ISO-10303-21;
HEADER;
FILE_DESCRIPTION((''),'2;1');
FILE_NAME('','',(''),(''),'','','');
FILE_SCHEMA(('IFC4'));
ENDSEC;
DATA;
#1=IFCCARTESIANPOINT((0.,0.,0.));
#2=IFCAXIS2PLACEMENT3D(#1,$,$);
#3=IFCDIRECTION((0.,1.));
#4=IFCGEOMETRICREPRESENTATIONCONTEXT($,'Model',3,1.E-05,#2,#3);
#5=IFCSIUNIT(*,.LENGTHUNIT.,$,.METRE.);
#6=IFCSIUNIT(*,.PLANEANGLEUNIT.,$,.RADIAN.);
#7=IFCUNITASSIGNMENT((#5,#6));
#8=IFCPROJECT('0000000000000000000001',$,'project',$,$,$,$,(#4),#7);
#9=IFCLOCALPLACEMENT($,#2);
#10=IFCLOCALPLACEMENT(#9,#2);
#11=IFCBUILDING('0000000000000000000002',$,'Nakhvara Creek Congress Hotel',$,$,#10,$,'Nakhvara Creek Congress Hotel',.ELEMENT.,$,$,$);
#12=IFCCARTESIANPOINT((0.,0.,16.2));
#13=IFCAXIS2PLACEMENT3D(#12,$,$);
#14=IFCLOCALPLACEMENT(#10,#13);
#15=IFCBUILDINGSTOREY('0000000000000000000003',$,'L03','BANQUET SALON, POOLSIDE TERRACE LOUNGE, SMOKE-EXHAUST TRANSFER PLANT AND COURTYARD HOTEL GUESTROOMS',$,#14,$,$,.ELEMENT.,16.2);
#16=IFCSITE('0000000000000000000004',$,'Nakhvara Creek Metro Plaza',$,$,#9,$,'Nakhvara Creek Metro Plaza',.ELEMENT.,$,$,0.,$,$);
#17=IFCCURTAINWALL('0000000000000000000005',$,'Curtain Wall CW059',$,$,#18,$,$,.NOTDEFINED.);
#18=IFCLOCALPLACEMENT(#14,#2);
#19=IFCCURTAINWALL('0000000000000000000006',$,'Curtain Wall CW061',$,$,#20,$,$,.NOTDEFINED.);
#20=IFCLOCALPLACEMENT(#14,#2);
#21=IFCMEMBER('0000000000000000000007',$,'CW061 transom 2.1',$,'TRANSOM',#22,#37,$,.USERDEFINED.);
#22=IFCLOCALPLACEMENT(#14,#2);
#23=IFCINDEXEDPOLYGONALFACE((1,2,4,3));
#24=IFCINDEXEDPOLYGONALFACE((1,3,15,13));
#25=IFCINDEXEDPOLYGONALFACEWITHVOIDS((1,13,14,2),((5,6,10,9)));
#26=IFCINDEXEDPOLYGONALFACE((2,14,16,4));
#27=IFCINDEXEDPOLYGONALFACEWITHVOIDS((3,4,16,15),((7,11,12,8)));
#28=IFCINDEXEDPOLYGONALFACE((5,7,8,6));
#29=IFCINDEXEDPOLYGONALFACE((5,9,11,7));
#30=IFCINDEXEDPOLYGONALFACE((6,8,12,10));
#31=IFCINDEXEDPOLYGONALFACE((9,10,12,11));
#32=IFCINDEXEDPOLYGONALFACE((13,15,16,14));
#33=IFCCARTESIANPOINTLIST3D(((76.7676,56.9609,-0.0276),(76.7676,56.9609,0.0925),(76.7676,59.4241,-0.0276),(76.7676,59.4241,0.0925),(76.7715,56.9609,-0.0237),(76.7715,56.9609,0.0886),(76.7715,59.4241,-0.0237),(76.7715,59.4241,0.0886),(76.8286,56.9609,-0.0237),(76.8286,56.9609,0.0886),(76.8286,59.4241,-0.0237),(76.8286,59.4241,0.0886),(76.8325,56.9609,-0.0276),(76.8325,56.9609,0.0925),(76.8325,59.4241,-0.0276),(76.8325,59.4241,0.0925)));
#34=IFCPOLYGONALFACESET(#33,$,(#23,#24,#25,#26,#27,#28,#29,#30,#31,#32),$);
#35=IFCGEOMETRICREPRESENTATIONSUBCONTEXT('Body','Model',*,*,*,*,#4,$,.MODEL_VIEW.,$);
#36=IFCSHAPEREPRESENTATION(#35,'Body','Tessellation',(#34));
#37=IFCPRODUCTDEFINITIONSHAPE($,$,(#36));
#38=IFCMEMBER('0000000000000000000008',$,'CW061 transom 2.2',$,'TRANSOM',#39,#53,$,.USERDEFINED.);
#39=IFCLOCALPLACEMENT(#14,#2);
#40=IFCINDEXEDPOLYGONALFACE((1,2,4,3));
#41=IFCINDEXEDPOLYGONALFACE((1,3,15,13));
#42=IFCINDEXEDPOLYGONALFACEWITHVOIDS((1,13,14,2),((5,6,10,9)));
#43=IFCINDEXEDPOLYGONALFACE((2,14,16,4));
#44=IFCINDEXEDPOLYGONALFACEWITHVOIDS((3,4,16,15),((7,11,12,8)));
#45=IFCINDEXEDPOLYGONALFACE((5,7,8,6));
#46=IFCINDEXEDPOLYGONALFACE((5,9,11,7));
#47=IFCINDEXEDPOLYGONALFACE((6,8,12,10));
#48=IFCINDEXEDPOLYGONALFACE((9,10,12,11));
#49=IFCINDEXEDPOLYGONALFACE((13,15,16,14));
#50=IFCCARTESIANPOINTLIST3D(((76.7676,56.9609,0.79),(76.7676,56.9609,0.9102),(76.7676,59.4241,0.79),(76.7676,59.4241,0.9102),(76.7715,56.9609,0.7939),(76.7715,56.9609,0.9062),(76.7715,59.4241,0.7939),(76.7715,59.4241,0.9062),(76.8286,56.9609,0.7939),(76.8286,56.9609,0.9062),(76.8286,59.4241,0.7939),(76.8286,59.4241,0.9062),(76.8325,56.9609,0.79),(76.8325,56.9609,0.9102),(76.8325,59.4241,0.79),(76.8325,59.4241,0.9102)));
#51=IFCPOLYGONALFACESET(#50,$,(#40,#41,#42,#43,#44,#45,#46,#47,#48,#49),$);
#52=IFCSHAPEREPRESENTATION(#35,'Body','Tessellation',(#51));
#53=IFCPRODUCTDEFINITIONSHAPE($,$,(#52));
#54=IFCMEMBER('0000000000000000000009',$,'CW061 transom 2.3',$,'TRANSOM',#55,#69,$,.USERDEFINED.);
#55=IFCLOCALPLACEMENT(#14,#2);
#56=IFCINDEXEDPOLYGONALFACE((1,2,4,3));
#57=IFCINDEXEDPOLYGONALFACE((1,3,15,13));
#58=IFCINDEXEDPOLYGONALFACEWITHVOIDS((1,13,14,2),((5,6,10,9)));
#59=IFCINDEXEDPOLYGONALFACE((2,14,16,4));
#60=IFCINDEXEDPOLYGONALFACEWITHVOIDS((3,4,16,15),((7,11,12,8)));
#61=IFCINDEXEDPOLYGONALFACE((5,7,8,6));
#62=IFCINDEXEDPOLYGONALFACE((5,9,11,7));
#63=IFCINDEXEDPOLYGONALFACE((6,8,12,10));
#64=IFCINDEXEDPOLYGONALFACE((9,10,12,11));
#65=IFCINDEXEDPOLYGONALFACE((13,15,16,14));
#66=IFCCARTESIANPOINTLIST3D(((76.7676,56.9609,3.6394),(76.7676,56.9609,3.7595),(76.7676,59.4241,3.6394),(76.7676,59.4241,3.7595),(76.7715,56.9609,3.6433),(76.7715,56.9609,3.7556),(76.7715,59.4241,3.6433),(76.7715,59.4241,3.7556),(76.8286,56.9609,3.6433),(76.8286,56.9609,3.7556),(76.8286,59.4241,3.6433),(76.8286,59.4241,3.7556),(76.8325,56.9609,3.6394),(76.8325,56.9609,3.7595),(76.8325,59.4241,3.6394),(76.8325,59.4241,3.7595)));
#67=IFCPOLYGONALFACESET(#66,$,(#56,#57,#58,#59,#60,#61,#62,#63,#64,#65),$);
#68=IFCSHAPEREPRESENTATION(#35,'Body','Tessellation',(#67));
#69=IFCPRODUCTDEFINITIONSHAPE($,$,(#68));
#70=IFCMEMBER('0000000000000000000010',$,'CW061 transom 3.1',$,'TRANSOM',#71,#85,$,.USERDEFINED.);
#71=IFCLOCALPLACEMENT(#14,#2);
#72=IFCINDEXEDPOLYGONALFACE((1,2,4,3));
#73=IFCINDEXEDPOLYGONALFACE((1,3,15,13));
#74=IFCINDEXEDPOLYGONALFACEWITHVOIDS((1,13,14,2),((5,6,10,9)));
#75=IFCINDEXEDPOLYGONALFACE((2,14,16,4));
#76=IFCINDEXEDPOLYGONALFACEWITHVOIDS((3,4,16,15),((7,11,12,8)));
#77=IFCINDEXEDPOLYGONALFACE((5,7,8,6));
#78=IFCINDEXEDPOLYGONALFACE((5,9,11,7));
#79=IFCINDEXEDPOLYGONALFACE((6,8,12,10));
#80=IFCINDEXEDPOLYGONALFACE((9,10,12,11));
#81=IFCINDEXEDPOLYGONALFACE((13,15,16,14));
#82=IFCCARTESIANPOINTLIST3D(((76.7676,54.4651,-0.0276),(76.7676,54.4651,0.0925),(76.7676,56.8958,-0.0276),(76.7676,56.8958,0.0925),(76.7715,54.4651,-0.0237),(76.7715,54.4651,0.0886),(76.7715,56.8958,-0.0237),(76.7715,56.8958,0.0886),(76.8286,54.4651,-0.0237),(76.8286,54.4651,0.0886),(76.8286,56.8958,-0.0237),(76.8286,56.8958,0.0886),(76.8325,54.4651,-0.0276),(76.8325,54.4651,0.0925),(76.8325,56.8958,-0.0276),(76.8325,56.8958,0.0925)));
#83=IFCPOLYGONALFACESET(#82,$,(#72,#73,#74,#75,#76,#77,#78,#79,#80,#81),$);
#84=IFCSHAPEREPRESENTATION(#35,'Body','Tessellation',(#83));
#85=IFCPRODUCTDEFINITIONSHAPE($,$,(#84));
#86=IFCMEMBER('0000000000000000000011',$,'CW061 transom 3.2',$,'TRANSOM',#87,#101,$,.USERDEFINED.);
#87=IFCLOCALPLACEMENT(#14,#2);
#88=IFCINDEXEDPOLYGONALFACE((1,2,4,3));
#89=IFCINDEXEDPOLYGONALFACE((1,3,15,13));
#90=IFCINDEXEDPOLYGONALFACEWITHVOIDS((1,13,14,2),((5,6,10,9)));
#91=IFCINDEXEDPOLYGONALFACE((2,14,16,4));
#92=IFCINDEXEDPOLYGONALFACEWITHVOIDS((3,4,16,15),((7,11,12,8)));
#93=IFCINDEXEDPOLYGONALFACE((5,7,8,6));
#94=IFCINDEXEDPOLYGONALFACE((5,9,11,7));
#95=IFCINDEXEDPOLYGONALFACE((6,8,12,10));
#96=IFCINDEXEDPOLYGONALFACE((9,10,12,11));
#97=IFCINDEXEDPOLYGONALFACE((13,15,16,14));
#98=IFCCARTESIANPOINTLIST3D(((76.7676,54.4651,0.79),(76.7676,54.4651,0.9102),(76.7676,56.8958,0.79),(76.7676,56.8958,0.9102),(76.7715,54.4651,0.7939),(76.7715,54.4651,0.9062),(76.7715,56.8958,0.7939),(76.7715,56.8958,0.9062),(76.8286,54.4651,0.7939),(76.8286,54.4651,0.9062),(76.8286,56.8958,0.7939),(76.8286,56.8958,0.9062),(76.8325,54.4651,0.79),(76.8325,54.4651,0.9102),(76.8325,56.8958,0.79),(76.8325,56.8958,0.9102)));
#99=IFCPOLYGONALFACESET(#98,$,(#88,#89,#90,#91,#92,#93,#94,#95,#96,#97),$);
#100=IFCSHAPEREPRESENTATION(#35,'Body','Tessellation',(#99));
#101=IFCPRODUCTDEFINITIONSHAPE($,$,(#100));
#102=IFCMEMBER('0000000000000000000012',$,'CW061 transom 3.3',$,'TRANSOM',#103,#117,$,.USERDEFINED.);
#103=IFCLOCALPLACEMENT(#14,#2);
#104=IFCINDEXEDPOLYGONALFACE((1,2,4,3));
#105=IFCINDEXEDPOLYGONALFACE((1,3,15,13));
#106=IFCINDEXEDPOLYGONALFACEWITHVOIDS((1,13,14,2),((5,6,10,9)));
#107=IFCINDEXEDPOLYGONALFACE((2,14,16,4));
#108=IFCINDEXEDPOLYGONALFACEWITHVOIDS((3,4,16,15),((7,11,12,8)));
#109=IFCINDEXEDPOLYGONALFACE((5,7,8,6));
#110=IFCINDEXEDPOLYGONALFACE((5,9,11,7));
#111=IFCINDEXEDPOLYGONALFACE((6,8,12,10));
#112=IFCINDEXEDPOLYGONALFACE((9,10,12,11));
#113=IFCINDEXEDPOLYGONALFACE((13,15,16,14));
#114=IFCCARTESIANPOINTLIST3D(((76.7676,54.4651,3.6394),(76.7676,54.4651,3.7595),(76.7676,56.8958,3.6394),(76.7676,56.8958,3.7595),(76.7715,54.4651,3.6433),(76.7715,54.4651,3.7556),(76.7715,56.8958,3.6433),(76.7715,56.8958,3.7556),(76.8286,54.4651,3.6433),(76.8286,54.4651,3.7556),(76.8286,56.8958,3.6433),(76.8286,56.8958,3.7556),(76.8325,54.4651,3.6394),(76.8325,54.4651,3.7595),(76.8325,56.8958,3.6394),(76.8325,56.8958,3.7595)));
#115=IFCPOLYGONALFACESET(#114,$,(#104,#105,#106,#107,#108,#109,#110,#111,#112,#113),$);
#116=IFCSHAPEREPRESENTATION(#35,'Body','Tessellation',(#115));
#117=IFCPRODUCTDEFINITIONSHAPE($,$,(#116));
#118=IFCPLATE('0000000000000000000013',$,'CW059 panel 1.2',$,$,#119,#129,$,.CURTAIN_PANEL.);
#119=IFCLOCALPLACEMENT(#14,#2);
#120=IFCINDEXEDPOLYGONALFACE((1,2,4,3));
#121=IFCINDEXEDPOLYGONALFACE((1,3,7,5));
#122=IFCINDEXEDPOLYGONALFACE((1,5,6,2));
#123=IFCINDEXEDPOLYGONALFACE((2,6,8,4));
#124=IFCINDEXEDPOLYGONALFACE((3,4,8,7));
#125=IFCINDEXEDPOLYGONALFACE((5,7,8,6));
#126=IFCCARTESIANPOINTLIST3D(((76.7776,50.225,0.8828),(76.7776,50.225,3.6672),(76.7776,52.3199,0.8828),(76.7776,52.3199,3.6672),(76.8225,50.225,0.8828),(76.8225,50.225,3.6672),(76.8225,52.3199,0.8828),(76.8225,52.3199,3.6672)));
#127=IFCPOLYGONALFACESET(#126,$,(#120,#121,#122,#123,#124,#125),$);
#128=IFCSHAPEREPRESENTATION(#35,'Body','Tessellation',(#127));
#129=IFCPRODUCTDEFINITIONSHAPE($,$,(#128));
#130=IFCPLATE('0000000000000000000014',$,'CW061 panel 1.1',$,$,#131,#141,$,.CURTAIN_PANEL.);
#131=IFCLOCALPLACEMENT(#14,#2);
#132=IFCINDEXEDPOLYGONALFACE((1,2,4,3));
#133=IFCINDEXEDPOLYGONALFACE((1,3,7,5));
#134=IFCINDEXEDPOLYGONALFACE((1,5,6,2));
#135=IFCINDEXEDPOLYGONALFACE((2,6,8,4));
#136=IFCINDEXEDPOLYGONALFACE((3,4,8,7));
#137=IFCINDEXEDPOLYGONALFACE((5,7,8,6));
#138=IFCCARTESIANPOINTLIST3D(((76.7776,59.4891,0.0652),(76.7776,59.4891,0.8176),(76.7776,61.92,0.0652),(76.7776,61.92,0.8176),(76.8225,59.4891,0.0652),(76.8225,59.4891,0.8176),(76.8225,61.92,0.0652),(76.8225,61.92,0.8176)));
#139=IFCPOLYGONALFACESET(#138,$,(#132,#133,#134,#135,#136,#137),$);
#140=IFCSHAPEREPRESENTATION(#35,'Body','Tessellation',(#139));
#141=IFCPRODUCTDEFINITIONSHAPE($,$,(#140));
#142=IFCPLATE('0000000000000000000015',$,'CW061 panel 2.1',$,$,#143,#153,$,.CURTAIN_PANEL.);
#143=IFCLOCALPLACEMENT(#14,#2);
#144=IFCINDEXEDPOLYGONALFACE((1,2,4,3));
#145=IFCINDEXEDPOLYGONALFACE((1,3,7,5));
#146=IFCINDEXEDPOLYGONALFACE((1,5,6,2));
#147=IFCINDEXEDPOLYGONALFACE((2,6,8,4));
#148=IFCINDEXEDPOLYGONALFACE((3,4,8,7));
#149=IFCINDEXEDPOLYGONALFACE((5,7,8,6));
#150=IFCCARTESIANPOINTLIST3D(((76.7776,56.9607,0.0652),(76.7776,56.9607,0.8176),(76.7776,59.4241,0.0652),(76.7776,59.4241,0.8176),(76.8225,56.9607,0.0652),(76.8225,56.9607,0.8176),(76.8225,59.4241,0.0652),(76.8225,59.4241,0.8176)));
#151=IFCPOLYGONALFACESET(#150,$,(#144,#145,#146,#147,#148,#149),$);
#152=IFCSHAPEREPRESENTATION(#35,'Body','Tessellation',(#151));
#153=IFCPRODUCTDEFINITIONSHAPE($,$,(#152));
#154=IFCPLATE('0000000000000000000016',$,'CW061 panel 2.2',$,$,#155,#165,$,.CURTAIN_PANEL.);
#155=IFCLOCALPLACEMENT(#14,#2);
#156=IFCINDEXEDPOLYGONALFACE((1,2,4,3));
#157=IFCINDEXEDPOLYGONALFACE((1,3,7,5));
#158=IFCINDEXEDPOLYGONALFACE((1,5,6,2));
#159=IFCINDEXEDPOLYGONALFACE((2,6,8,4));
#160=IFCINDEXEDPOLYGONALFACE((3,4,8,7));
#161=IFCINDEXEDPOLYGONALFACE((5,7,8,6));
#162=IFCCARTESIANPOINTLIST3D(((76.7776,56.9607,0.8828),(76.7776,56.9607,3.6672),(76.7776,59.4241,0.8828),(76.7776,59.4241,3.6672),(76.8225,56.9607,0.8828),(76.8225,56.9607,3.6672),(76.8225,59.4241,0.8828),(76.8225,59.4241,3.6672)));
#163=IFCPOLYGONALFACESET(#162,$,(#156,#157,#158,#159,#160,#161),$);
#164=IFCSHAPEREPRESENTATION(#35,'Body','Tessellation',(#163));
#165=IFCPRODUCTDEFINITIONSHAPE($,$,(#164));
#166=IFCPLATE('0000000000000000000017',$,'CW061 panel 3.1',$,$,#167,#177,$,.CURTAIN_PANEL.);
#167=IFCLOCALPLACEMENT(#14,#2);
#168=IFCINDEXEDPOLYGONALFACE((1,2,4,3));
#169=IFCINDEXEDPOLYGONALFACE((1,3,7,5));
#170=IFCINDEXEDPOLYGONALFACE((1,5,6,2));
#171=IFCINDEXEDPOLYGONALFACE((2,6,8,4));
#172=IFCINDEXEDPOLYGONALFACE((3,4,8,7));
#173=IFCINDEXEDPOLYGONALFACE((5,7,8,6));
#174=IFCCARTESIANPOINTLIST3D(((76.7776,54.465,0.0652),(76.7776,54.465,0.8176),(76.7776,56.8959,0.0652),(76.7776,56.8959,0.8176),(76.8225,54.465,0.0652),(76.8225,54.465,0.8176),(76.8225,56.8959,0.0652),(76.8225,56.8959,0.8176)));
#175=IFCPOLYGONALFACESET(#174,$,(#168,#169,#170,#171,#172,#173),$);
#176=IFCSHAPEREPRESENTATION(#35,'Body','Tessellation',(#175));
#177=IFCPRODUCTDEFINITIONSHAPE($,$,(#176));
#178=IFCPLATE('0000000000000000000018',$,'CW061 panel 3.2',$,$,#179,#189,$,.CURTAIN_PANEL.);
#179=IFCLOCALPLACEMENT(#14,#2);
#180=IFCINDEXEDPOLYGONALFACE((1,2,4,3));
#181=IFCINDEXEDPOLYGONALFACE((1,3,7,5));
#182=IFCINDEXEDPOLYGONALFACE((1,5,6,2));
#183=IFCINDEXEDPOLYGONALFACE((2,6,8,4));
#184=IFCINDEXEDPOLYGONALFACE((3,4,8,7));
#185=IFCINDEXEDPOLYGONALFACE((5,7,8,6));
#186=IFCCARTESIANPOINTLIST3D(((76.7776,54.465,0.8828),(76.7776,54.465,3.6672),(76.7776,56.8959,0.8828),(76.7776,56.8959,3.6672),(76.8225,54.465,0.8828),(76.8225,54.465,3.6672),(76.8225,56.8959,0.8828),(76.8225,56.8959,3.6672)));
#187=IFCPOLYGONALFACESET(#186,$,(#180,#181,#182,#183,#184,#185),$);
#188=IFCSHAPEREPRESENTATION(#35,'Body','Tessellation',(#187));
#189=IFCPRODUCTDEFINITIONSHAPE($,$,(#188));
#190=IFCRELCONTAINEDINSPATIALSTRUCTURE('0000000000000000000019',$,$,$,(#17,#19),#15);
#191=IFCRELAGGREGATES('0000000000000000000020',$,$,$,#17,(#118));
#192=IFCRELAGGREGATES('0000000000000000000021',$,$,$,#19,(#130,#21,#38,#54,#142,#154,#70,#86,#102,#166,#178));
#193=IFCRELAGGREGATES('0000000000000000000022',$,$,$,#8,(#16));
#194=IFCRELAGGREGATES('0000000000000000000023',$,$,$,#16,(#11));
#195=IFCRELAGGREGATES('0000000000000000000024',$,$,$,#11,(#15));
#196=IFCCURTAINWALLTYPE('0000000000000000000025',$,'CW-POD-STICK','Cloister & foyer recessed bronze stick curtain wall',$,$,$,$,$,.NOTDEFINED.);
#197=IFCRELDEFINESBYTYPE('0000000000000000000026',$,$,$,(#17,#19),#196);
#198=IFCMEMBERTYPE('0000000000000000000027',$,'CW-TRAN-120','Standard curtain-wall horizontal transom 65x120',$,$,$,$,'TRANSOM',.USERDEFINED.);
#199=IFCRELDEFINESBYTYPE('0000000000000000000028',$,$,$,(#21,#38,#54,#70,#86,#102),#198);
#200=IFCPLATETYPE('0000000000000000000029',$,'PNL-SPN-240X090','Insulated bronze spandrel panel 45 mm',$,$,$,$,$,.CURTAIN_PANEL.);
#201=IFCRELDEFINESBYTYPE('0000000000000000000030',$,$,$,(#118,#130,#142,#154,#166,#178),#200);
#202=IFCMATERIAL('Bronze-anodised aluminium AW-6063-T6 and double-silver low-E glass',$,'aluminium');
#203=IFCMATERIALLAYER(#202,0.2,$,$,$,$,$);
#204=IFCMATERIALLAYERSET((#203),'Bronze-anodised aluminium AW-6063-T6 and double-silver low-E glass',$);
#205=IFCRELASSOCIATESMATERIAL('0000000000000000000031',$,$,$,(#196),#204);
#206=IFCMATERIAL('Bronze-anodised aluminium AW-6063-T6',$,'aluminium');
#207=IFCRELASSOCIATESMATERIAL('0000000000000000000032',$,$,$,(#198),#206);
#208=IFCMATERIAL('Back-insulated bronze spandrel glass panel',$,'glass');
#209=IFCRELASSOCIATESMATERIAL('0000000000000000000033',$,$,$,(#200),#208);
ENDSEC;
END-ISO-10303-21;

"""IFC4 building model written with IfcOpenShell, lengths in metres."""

from ifc_helpers import new_model, si_unit, direction, frame, origin, origin_2d, place, context, subcontext, project, spatial, rectangle, hollow_rectangle, extrude, material, layer, layer_set, material_profile, profile_set, type_object, element, aggregate, save


model = new_model("IFC4")

# Units and contexts
model_context = context("Model", 3, precision=1e-05, world=origin(), true_north=direction((0.0, 1.0)))
body_context = subcontext(model_context, "Body", "Model", "MODEL_VIEW")
ifc_project = project(units=[si_unit("LENGTHUNIT", "METRE"), si_unit("PLANEANGLEUNIT", "RADIAN")], contexts=[model_context])

# Site, building, storey
site_placement = place(None, origin())
site = spatial("IfcSite", under=ifc_project, at=site_placement, Name="Nakhvara Creek Metro Plaza", LongName="Nakhvara Creek Metro Plaza", CompositionType="ELEMENT", RefElevation=0.0)
building_placement = place(site_placement, origin())
building = spatial("IfcBuilding", under=site, at=building_placement, Name="Nakhvara Creek Congress Hotel", LongName="Nakhvara Creek Congress Hotel", CompositionType="ELEMENT")
storey_placement = place(building_placement, frame((0.0, 0.0, 16.2)))
storey = spatial("IfcBuildingStorey", under=building, at=storey_placement, Name="L03", Description="BANQUET SALON, POOLSIDE TERRACE LOUNGE, SMOKE-EXHAUST TRANSFER PLANT AND COURTYARD HOTEL GUESTROOMS", CompositionType="ELEMENT", Elevation=16.2)

# Curtain wall
ifc_material_1 = material(Name="Bronze-anodised aluminium AW-6063-T6 and double-silver low-E glass", Category="aluminium")
ifc_layer = layer(ifc_material_1, 0.2)
ifc_layer_set = layer_set([ifc_layer], Name="Bronze-anodised aluminium AW-6063-T6 and double-silver low-E glass")
curtain_wall_type = type_object("IfcCurtainWallType", Name="CW-POD-STICK", Description="Cloister & foyer recessed bronze stick curtain wall", PredefinedType="NOTDEFINED", material=ifc_layer_set)
curtain_wall_1_placement = place(storey_placement, origin())
curtain_wall_1 = element("IfcCurtainWall", 1, at=curtain_wall_1_placement, inside=storey, type_object=curtain_wall_type, Name="Curtain Wall CW059", PredefinedType="NOTDEFINED")
ifc_material_2 = material(Name="Bronze-anodised aluminium AW-6063-T6", Category="aluminium")

# Curtain wall
curtain_wall_2_placement = place(storey_placement, origin())
curtain_wall_2 = element("IfcCurtainWall", 2, at=curtain_wall_2_placement, inside=storey, type_object=curtain_wall_type, Name="Curtain Wall CW061", PredefinedType="NOTDEFINED")

# Members
ifc_material_profile_1 = material_profile(ifc_material_2, hollow_rectangle(XDim=0.0649, YDim=0.1201, WallThickness=0.0039, at=origin_2d()), Name="ALU-TRAN 65x120x4", Category="LoadBearing")
ifc_profile_set_1 = profile_set([ifc_material_profile_1], Name="Bronze-anodised aluminium AW-6063-T6")
member_type_1 = type_object("IfcMemberType", Name="CW-TRAN-120", Description="Standard curtain-wall horizontal transom 65x120", ElementType="TRANSOM", PredefinedType="USERDEFINED", material=ifc_profile_set_1)
member_1_placement = place(storey_placement, frame((76.8, 59.4241, 0.0325), z_axis=(0.0, -1.0, 0.0), x_axis=(1.0, 0.0, 0.0)))
member_1 = element("IfcMember", 3, at=member_1_placement, type_object=member_type_1, Name="CW061 transom 2.1", ObjectType="TRANSOM", PredefinedType="USERDEFINED", context=body_context, shape_type="SweptSolid", body=[
    extrude(hollow_rectangle(XDim=0.0649, YDim=0.1201, WallThickness=0.0039, at=origin_2d()), origin(), (0.0, 0.0, 1.0), 2.4631),
])
member_2_placement = place(storey_placement, frame((76.8, 59.4241, 0.8501), z_axis=(0.0, -1.0, 0.0), x_axis=(1.0, 0.0, 0.0)))
member_2 = element("IfcMember", 4, at=member_2_placement, type_object=member_type_1, Name="CW061 transom 2.2", ObjectType="TRANSOM", PredefinedType="USERDEFINED", context=body_context, shape_type="SweptSolid", body=[
    extrude(hollow_rectangle(XDim=0.0649, YDim=0.1201, WallThickness=0.0039, at=origin_2d()), origin(), (0.0, 0.0, 1.0), 2.4631),
])
member_3_placement = place(storey_placement, frame((76.8, 59.4241, 3.6995), z_axis=(0.0, -1.0, 0.0), x_axis=(1.0, 0.0, 0.0)))
member_3 = element("IfcMember", 5, at=member_3_placement, type_object=member_type_1, Name="CW061 transom 2.3", ObjectType="TRANSOM", PredefinedType="USERDEFINED", context=body_context, shape_type="SweptSolid", body=[
    extrude(hollow_rectangle(XDim=0.0649, YDim=0.1201, WallThickness=0.0039, at=origin_2d()), origin(), (0.0, 0.0, 1.0), 2.4631),
])
member_4_placement = place(storey_placement, frame((76.8, 56.8958, 0.0325), z_axis=(0.0, -1.0, 0.0), x_axis=(1.0, 0.0, 0.0)))
member_4 = element("IfcMember", 6, at=member_4_placement, type_object=member_type_1, Name="CW061 transom 3.1", ObjectType="TRANSOM", PredefinedType="USERDEFINED", context=body_context, shape_type="SweptSolid", body=[
    extrude(hollow_rectangle(XDim=0.0649, YDim=0.1201, WallThickness=0.0039, at=origin_2d()), origin(), (0.0, 0.0, 1.0), 2.4307),
])
member_5_placement = place(storey_placement, frame((76.8, 56.8958, 0.8501), z_axis=(0.0, -1.0, 0.0), x_axis=(1.0, 0.0, 0.0)))
member_5 = element("IfcMember", 7, at=member_5_placement, type_object=member_type_1, Name="CW061 transom 3.2", ObjectType="TRANSOM", PredefinedType="USERDEFINED", context=body_context, shape_type="SweptSolid", body=[
    extrude(hollow_rectangle(XDim=0.0649, YDim=0.1201, WallThickness=0.0039, at=origin_2d()), origin(), (0.0, 0.0, 1.0), 2.4307),
])
member_6_placement = place(storey_placement, frame((76.8, 56.8958, 3.6995), z_axis=(0.0, -1.0, 0.0), x_axis=(1.0, 0.0, 0.0)))
member_6 = element("IfcMember", 8, at=member_6_placement, type_object=member_type_1, Name="CW061 transom 3.3", ObjectType="TRANSOM", PredefinedType="USERDEFINED", context=body_context, shape_type="SweptSolid", body=[
    extrude(hollow_rectangle(XDim=0.0649, YDim=0.1201, WallThickness=0.0039, at=origin_2d()), origin(), (0.0, 0.0, 1.0), 2.4307),
])

# Plates
ifc_material_3 = material(Name="Back-insulated bronze spandrel glass panel", Category="glass")
plate_type = type_object("IfcPlateType", Name="PNL-SPN-240X090", Description="Insulated bronze spandrel panel 45 mm", PredefinedType="CURTAIN_PANEL", material=ifc_material_3)
plate_1_placement = place(storey_placement, frame((76.8, 51.2725, 0.8828), z_axis=(0.0, 0.0, 1.0), x_axis=(0.0, -1.0, 0.0)))
plate_1 = element("IfcPlate", 9, at=plate_1_placement, type_object=plate_type, Name="CW059 panel 1.2", PredefinedType="CURTAIN_PANEL", context=body_context, shape_type="SweptSolid", body=[
    extrude(rectangle(XDim=2.095, YDim=0.0449, at=origin_2d()), origin(), (0.0, 0.0, 1.0), 2.7844),
])
aggregate(curtain_wall_1, [plate_1])
plate_2_placement = place(storey_placement, frame((76.8, 60.7046, 0.0652), z_axis=(0.0, 0.0, 1.0), x_axis=(0.0, -1.0, 0.0)))
plate_2 = element("IfcPlate", 10, at=plate_2_placement, type_object=plate_type, Name="CW061 panel 1.1", PredefinedType="CURTAIN_PANEL", context=body_context, shape_type="SweptSolid", body=[
    extrude(rectangle(XDim=2.4309, YDim=0.0449, at=origin_2d()), origin(), (0.0, 0.0, 1.0), 0.7524),
])
plate_3_placement = place(storey_placement, frame((76.8, 58.1924, 0.0652), z_axis=(0.0, 0.0, 1.0), x_axis=(0.0, -1.0, 0.0)))
plate_3 = element("IfcPlate", 11, at=plate_3_placement, type_object=plate_type, Name="CW061 panel 2.1", PredefinedType="CURTAIN_PANEL", context=body_context, shape_type="SweptSolid", body=[
    extrude(rectangle(XDim=2.4634, YDim=0.0449, at=origin_2d()), origin(), (0.0, 0.0, 1.0), 0.7524),
])
plate_4_placement = place(storey_placement, frame((76.8, 58.1924, 0.8828), z_axis=(0.0, 0.0, 1.0), x_axis=(0.0, -1.0, 0.0)))
plate_4 = element("IfcPlate", 12, at=plate_4_placement, type_object=plate_type, Name="CW061 panel 2.2", PredefinedType="CURTAIN_PANEL", context=body_context, shape_type="SweptSolid", body=[
    extrude(rectangle(XDim=2.4634, YDim=0.0449, at=origin_2d()), origin(), (0.0, 0.0, 1.0), 2.7844),
])
plate_5_placement = place(storey_placement, frame((76.8, 55.6804, 0.0652), z_axis=(0.0, 0.0, 1.0), x_axis=(0.0, -1.0, 0.0)))
plate_5 = element("IfcPlate", 13, at=plate_5_placement, type_object=plate_type, Name="CW061 panel 3.1", PredefinedType="CURTAIN_PANEL", context=body_context, shape_type="SweptSolid", body=[
    extrude(rectangle(XDim=2.4309, YDim=0.0449, at=origin_2d()), origin(), (0.0, 0.0, 1.0), 0.7524),
])
plate_6_placement = place(storey_placement, frame((76.8, 55.6804, 0.8828), z_axis=(0.0, 0.0, 1.0), x_axis=(0.0, -1.0, 0.0)))
plate_6 = element("IfcPlate", 14, at=plate_6_placement, type_object=plate_type, Name="CW061 panel 3.2", PredefinedType="CURTAIN_PANEL", context=body_context, shape_type="SweptSolid", body=[
    extrude(rectangle(XDim=2.4309, YDim=0.0449, at=origin_2d()), origin(), (0.0, 0.0, 1.0), 2.7844),
])
aggregate(curtain_wall_2, [plate_2, member_1, member_2, member_3, plate_3, plate_4, member_4, member_5, member_6, plate_5, plate_6])

save(model, "model.ifc")
